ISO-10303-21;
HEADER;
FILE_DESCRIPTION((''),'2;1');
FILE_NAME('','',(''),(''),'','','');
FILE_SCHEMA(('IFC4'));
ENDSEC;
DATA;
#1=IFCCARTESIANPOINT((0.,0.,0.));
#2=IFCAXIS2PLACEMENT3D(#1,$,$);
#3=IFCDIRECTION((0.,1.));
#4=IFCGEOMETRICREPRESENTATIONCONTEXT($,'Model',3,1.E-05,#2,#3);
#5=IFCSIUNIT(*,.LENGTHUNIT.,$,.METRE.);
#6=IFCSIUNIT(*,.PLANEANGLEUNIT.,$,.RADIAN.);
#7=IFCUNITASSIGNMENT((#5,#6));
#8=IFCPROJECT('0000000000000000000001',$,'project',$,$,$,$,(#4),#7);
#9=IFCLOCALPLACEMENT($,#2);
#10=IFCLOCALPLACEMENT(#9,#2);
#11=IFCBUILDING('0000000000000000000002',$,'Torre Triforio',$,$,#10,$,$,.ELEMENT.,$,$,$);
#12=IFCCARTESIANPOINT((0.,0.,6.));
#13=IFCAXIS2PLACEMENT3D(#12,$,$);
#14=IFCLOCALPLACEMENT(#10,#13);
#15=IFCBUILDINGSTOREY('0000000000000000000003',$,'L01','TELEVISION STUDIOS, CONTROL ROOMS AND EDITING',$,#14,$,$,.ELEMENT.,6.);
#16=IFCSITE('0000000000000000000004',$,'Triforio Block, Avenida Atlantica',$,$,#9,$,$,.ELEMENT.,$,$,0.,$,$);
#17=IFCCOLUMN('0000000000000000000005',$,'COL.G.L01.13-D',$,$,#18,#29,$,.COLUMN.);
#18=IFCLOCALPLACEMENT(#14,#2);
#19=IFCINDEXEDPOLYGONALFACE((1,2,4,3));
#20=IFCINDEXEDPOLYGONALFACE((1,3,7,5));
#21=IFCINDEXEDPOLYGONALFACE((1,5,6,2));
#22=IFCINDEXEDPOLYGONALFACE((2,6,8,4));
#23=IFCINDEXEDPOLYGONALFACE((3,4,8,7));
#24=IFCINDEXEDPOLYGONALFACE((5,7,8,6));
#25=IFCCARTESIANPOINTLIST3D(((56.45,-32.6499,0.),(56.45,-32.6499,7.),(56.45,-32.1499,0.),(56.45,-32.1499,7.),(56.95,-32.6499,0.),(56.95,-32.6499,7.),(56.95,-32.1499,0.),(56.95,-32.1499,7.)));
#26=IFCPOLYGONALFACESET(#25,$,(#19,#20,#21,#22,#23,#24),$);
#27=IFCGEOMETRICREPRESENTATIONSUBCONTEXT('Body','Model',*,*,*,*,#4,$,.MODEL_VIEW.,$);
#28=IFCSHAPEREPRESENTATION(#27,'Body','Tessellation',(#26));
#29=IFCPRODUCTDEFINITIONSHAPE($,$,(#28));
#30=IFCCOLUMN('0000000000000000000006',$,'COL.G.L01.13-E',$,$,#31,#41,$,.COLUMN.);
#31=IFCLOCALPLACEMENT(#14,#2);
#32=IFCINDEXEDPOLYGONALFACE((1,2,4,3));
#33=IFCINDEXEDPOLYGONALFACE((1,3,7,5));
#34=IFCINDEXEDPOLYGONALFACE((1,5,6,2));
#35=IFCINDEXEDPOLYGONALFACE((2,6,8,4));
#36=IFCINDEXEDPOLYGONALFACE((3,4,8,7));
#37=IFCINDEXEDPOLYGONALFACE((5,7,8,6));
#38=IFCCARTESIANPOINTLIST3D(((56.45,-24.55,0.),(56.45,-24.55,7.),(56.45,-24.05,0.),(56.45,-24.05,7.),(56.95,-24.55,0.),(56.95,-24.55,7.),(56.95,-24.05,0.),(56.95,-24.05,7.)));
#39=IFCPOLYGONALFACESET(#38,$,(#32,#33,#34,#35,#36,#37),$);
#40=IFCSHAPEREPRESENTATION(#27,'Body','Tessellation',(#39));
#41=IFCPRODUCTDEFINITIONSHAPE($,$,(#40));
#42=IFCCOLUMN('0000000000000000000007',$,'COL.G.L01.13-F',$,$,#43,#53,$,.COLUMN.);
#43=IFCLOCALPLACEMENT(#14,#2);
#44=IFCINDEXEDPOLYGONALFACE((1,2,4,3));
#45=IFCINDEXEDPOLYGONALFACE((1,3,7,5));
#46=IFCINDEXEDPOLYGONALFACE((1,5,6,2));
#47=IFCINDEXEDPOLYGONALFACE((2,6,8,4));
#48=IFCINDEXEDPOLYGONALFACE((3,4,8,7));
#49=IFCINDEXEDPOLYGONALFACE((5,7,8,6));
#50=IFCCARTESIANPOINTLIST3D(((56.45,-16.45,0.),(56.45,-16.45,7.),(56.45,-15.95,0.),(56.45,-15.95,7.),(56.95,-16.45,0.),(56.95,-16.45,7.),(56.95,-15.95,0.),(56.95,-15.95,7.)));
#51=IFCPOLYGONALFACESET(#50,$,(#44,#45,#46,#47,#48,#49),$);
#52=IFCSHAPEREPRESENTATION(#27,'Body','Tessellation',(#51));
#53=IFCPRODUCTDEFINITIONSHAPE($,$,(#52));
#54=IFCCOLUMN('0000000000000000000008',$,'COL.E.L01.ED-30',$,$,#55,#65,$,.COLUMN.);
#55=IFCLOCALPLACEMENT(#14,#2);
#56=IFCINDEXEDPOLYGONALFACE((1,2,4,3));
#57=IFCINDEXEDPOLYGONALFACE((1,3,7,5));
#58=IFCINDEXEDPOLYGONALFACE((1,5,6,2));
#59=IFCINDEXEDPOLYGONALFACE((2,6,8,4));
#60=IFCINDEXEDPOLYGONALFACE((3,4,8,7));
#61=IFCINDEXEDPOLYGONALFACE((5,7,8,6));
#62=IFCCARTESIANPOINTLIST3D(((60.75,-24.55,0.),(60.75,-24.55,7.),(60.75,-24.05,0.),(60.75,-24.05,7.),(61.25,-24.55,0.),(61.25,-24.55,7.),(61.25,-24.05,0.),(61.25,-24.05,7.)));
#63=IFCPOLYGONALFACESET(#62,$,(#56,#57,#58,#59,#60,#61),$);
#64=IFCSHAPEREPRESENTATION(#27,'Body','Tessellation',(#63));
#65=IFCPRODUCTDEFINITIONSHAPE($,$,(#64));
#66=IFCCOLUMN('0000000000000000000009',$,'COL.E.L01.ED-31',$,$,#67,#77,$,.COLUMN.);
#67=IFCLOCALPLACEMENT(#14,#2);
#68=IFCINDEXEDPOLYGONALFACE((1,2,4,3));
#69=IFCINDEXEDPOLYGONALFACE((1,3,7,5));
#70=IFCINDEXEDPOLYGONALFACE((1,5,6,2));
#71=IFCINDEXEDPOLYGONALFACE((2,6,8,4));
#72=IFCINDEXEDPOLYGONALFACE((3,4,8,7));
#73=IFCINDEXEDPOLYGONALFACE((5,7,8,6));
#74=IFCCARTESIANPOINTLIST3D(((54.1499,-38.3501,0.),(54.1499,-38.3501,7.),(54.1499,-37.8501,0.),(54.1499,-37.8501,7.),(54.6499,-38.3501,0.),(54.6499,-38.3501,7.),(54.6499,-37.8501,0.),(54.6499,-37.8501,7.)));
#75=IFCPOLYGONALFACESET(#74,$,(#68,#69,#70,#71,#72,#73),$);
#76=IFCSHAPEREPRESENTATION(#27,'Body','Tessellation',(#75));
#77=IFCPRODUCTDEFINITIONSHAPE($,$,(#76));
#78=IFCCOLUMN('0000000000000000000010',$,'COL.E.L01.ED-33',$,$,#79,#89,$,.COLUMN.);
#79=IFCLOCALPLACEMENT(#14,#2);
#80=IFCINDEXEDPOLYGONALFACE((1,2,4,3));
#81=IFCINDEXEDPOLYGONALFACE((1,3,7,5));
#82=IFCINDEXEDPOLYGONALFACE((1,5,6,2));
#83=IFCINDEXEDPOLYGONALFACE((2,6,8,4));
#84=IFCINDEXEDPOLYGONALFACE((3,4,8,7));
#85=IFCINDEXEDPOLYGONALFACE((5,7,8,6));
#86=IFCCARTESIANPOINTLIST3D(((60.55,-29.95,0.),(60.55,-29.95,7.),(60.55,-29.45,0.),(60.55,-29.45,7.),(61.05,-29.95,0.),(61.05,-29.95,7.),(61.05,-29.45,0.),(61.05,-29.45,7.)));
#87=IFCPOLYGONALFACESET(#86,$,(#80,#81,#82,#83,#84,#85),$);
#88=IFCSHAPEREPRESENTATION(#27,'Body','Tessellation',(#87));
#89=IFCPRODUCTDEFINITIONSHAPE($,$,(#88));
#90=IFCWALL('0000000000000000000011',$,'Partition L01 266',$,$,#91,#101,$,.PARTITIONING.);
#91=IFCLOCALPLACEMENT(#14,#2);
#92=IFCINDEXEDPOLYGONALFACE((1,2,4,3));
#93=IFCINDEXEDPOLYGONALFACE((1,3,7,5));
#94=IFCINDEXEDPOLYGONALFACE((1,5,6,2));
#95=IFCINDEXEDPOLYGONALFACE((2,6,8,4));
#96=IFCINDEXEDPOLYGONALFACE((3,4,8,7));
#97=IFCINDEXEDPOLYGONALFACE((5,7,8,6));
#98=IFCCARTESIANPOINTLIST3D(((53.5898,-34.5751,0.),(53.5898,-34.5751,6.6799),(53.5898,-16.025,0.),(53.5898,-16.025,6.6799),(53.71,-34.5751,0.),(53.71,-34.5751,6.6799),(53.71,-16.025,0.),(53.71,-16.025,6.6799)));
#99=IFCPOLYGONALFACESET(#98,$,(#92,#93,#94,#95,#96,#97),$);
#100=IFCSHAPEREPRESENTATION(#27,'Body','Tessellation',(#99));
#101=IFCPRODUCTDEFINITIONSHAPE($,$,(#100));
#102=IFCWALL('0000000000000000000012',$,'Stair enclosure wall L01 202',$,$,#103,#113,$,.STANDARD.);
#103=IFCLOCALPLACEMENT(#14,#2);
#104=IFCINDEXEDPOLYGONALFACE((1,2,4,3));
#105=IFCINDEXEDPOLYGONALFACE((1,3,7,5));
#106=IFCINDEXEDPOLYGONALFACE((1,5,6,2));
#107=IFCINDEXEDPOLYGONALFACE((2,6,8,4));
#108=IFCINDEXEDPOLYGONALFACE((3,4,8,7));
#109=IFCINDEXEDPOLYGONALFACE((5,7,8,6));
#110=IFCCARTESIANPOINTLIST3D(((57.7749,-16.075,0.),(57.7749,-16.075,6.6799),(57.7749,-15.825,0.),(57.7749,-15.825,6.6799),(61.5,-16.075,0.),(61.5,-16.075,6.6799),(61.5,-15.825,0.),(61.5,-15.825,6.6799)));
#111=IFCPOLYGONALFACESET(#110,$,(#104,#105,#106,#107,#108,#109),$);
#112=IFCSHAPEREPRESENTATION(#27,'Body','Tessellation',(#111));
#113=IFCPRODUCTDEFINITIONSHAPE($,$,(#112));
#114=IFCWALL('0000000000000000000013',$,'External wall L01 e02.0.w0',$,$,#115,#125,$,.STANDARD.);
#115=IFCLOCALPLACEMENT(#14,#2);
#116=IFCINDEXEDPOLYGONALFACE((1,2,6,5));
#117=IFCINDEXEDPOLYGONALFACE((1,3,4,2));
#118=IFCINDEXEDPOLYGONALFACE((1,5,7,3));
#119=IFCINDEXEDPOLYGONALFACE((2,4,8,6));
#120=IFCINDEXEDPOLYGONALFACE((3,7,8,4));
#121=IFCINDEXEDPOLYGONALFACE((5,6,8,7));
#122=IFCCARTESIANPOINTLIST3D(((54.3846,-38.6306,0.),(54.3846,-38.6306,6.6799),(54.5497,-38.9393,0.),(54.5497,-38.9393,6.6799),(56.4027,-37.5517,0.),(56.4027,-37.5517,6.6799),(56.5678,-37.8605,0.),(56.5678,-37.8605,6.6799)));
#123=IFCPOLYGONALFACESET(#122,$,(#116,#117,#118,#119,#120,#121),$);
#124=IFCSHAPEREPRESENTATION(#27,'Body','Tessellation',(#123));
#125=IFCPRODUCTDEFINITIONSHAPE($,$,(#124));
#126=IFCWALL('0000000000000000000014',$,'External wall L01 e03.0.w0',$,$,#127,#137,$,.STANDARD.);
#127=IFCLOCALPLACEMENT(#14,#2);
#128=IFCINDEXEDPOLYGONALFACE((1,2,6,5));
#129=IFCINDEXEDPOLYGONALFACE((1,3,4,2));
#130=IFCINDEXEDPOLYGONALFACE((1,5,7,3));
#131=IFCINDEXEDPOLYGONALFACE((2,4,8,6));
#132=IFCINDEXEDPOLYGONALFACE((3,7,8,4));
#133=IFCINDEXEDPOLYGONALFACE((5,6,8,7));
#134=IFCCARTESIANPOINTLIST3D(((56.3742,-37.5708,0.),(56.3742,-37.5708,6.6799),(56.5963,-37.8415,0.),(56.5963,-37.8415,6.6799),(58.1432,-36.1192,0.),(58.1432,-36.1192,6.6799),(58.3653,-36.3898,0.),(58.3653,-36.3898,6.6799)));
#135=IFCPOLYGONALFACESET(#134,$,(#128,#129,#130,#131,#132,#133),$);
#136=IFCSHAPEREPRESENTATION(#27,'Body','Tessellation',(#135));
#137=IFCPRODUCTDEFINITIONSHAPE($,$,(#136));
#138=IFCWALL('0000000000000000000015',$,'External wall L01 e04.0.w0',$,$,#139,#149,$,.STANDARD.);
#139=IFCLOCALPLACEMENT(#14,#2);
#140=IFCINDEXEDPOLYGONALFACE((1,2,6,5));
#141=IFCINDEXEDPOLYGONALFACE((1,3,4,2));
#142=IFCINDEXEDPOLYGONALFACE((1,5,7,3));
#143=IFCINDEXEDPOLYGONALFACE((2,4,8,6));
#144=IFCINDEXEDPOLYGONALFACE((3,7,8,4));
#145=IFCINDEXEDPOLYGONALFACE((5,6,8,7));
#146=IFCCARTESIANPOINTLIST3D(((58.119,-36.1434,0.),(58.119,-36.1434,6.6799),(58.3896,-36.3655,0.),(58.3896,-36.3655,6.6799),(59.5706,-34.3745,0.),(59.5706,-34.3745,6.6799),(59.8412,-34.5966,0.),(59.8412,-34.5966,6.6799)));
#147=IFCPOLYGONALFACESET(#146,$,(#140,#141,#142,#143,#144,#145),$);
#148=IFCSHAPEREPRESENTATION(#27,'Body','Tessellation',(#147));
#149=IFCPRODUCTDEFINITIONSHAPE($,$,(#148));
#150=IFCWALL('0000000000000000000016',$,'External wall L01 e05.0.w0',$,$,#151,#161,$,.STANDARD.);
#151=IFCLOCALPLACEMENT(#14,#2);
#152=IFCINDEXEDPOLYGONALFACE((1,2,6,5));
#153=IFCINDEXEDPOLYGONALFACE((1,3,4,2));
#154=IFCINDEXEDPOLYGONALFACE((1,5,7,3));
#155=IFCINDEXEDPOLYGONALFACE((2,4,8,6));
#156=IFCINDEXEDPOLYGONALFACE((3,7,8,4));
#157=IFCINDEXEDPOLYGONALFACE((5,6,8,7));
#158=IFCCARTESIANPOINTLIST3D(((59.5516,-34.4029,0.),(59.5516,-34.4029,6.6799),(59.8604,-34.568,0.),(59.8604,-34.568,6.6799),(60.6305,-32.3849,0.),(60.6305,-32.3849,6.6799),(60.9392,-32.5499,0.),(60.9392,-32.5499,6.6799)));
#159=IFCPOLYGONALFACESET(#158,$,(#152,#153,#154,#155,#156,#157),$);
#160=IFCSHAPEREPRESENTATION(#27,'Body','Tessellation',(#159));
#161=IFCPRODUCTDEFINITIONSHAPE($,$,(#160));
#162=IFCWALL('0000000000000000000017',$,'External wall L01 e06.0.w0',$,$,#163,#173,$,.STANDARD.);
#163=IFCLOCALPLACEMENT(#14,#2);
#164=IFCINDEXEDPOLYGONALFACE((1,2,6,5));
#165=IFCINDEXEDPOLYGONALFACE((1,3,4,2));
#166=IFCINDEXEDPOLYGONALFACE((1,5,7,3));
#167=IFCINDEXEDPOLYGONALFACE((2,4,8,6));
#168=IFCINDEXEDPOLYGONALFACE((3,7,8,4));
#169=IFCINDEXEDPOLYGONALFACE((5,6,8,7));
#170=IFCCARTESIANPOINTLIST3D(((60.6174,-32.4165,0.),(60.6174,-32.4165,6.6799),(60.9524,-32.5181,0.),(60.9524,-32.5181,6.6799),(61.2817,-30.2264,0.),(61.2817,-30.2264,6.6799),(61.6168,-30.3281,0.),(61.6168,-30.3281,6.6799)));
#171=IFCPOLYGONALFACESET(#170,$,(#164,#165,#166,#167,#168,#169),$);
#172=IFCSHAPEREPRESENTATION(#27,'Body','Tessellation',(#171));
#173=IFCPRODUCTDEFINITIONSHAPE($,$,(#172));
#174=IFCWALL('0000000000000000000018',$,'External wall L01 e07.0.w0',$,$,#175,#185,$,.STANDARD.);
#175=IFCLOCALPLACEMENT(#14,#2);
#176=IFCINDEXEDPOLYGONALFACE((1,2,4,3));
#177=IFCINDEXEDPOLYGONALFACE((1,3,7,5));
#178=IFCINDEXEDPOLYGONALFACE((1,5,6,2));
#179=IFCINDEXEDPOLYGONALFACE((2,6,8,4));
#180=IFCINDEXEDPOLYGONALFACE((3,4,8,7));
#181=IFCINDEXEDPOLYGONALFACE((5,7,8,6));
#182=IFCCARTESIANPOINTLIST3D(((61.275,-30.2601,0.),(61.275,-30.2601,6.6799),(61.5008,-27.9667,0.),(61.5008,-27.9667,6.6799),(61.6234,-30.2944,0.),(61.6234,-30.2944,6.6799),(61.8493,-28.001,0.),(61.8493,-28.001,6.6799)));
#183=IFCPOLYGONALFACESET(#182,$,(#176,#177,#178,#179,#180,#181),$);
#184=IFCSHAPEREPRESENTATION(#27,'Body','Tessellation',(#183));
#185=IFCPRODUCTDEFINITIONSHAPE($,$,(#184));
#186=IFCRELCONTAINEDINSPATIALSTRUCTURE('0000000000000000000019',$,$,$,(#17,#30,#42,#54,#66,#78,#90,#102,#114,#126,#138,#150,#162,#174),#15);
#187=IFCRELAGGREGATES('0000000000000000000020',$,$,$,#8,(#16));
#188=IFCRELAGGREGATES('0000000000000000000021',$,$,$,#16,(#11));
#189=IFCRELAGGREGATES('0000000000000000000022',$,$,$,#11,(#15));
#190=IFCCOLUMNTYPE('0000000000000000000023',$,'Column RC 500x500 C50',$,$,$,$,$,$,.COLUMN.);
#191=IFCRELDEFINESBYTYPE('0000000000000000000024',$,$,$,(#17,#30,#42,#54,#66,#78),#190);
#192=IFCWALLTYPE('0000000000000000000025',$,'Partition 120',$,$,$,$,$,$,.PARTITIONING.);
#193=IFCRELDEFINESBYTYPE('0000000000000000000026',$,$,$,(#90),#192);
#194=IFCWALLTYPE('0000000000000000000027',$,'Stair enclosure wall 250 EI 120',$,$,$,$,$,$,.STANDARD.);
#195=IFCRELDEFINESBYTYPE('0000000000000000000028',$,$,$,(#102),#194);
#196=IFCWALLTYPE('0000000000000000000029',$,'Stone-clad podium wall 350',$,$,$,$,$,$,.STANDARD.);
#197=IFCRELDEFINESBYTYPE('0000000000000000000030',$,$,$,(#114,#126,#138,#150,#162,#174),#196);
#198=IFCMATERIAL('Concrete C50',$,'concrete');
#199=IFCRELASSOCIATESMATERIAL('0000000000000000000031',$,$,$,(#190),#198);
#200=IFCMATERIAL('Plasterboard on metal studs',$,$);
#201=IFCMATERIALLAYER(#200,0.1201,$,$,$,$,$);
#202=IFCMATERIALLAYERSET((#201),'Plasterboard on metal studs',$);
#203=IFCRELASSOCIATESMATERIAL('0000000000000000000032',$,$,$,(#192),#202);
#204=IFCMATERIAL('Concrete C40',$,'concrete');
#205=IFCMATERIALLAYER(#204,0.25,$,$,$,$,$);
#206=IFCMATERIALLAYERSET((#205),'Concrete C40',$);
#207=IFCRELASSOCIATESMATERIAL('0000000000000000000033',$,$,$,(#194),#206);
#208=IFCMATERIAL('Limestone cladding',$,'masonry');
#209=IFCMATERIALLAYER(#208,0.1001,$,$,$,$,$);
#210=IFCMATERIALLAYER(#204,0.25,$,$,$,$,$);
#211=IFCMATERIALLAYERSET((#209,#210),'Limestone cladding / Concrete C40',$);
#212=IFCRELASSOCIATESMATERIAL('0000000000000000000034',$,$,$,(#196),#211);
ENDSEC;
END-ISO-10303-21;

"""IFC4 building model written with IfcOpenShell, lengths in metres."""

from ifc_helpers import new_model, si_unit, direction, frame, frame_2d, origin, origin_2d, place, context, subcontext, project, spatial, rectangle, extrude, material, layer, layer_set, material_profile, profile_set, type_object, element, save


model = new_model("IFC4")

# Units and contexts
model_context = context("Model", 3, precision=1e-05, world=origin(), true_north=direction((0.0, 1.0)))
body_context = subcontext(model_context, "Body", "Model", "MODEL_VIEW")
ifc_project = project(units=[si_unit("LENGTHUNIT", "METRE"), si_unit("PLANEANGLEUNIT", "RADIAN")], contexts=[model_context])

# Site, building, storey
site_placement = place(None, origin())
site = spatial("IfcSite", under=ifc_project, at=site_placement, Name="Triforio Block, Avenida Atlantica", CompositionType="ELEMENT", RefElevation=0.0)
building_placement = place(site_placement, origin())
building = spatial("IfcBuilding", under=site, at=building_placement, Name="Torre Triforio", CompositionType="ELEMENT")
storey_placement = place(building_placement, frame((0.0, 0.0, 6.0)))
storey = spatial("IfcBuildingStorey", under=building, at=storey_placement, Name="L01", Description="TELEVISION STUDIOS, CONTROL ROOMS AND EDITING", CompositionType="ELEMENT", Elevation=6.0)

# Columns
ifc_material_1 = material(Name="Concrete C50", Category="concrete")
ifc_material_profile = material_profile(ifc_material_1, rectangle(XDim=0.5, YDim=0.5, at=origin_2d()), Name="RC 500x500")
ifc_profile_set = profile_set([ifc_material_profile], Name="Concrete C50")
column_type = type_object("IfcColumnType", Name="Column RC 500x500 C50", PredefinedType="COLUMN", material=ifc_profile_set)
for number, where, z_axis, x_axis, name in (
    (1, (56.7, -32.3999, 0.0), (0.0, 0.0, 1.0), (1.0, 0.0, 0.0), "COL.G.L01.13-D"),
    (2, (56.7, -24.3, 0.0), (0.0, 0.0, 1.0), (1.0, 0.0, 0.0), "COL.G.L01.13-E"),
    (3, (56.7, -16.2, 0.0), (0.0, 0.0, 1.0), (1.0, 0.0, 0.0), "COL.G.L01.13-F"),
    (4, (61.0, -24.3, 0.0), (0.0, 0.0, 1.0), (1.0, 0.0, 0.0), "COL.E.L01.ED-30"),
    (5, (54.3999, -38.1001, 0.0), (0.0, 0.0, 1.0), (1.0, 0.0, 0.0), "COL.E.L01.ED-31"),
    (6, (60.8, -29.7, 0.0), (0.0, 0.0, 1.0), (1.0, 0.0, 0.0), "COL.E.L01.ED-33"),
):
    element("IfcColumn", number, at=place(storey_placement, frame(where, z_axis=z_axis, x_axis=x_axis)), inside=storey, type_object=column_type, Name=name, PredefinedType="COLUMN", context=body_context, shape_type="SweptSolid", body=[
        extrude(rectangle(XDim=0.5, YDim=0.5, at=origin_2d()), origin(), (0.0, 0.0, 1.0), 7.0),
    ])

# Walls
ifc_material_2 = material(Name="Plasterboard on metal studs")
ifc_layer_1 = layer(ifc_material_2, 0.1201)
ifc_layer_set_1 = layer_set([ifc_layer_1], Name="Plasterboard on metal studs")
wall_type_1 = type_object("IfcWallType", Name="Partition 120", PredefinedType="PARTITIONING", material=ifc_layer_set_1)
wall_1_placement = place(storey_placement, frame((53.6499, -34.575, 0.0), z_axis=(0.0, 0.0, 1.0), x_axis=(0.0, 1.0, 0.0)))
element("IfcWall", 7, at=wall_1_placement, inside=storey, type_object=wall_type_1, Name="Partition L01 266", PredefinedType="PARTITIONING", context=body_context, shape_type="SweptSolid", body=[
    extrude(rectangle(XDim=18.55, YDim=0.1201, at=frame_2d((9.2749, 0.0))), origin(), (0.0, 0.0, 1.0), 6.6799),
])
ifc_material_3 = material(Name="Concrete C40", Category="concrete")
ifc_layer_2 = layer(ifc_material_3, 0.25)
ifc_layer_set_2 = layer_set([ifc_layer_2], Name="Concrete C40")
wall_type_2 = type_object("IfcWallType", Name="Stair enclosure wall 250 EI 120", PredefinedType="STANDARD", material=ifc_layer_set_2)
wall_2_placement = place(storey_placement, frame((57.7749, -15.95, 0.0), z_axis=(0.0, 0.0, 1.0), x_axis=(1.0, 0.0, 0.0)))
element("IfcWall", 8, at=wall_2_placement, inside=storey, type_object=wall_type_2, Name="Stair enclosure wall L01 202", PredefinedType="STANDARD", context=body_context, shape_type="SweptSolid", body=[
    extrude(rectangle(XDim=3.7251, YDim=0.25, at=frame_2d((1.8625, 0.0))), origin(), (0.0, 0.0, 1.0), 6.6799),
])
ifc_material_4 = material(Name="Limestone cladding", Category="masonry")
ifc_layer_3 = layer(ifc_material_4, 0.1001)
ifc_layer_4 = layer(ifc_material_3, 0.25)
ifc_layer_set_3 = layer_set([ifc_layer_3, ifc_layer_4], Name="Limestone cladding / Concrete C40")
wall_type_3 = type_object("IfcWallType", Name="Stone-clad podium wall 350", PredefinedType="STANDARD", material=ifc_layer_set_3)
for number, where, z_axis, x_axis, name in (
    (9, (54.4673, -38.7849, 0.0), (0.0, 0.0, 1.0), (0.881889, 0.471457, 0.0), "External wall L01 e02.0.w0"),
    (10, (56.4854, -37.7061, 0.0), (0.0, 0.0, 1.0), (0.773044, 0.634353, 0.0), "External wall L01 e03.0.w0"),
    (11, (58.2544, -36.2544, 0.0), (0.0, 0.0, 1.0), (0.634353, 0.773044, 0.0), "External wall L01 e04.0.w0"),
    (12, (59.7061, -34.4854, 0.0), (0.0, 0.0, 1.0), (0.471457, 0.881889, 0.0), "External wall L01 e05.0.w0"),
):
    element("IfcWall", number, at=place(storey_placement, frame(where, z_axis=z_axis, x_axis=x_axis)), inside=storey, type_object=wall_type_3, Name=name, PredefinedType="STANDARD", context=body_context, shape_type="SweptSolid", body=[
        extrude(rectangle(XDim=2.2883, YDim=0.3501, at=frame_2d((1.144, 0.0))), origin(), (0.0, 0.0, 1.0), 6.6799),
    ])
wall_3_placement = place(storey_placement, frame((60.7849, -32.4673, 0.0), z_axis=(0.0, 0.0, 1.0), x_axis=(0.290283, 0.956941, 0.0)))
element("IfcWall", 13, at=wall_3_placement, inside=storey, type_object=wall_type_3, Name="External wall L01 e06.0.w0", PredefinedType="STANDARD", context=body_context, shape_type="SweptSolid", body=[
    extrude(rectangle(XDim=2.2886, YDim=0.3501, at=frame_2d((1.1443, 0.0))), origin(), (0.0, 0.0, 1.0), 6.6799),
])
wall_4_placement = place(storey_placement, frame((61.4492, -30.2773, 0.0), z_axis=(0.0, 0.0, 1.0), x_axis=(0.097993, 0.995187, 0.0)))
element("IfcWall", 14, at=wall_4_placement, inside=storey, type_object=wall_type_3, Name="External wall L01 e07.0.w0", PredefinedType="STANDARD", context=body_context, shape_type="SweptSolid", body=[
    extrude(rectangle(XDim=2.3044, YDim=0.3501, at=frame_2d((1.1523, 0.0))), origin(), (0.0, 0.0, 1.0), 6.6799),
])

save(model, "model.ifc")
